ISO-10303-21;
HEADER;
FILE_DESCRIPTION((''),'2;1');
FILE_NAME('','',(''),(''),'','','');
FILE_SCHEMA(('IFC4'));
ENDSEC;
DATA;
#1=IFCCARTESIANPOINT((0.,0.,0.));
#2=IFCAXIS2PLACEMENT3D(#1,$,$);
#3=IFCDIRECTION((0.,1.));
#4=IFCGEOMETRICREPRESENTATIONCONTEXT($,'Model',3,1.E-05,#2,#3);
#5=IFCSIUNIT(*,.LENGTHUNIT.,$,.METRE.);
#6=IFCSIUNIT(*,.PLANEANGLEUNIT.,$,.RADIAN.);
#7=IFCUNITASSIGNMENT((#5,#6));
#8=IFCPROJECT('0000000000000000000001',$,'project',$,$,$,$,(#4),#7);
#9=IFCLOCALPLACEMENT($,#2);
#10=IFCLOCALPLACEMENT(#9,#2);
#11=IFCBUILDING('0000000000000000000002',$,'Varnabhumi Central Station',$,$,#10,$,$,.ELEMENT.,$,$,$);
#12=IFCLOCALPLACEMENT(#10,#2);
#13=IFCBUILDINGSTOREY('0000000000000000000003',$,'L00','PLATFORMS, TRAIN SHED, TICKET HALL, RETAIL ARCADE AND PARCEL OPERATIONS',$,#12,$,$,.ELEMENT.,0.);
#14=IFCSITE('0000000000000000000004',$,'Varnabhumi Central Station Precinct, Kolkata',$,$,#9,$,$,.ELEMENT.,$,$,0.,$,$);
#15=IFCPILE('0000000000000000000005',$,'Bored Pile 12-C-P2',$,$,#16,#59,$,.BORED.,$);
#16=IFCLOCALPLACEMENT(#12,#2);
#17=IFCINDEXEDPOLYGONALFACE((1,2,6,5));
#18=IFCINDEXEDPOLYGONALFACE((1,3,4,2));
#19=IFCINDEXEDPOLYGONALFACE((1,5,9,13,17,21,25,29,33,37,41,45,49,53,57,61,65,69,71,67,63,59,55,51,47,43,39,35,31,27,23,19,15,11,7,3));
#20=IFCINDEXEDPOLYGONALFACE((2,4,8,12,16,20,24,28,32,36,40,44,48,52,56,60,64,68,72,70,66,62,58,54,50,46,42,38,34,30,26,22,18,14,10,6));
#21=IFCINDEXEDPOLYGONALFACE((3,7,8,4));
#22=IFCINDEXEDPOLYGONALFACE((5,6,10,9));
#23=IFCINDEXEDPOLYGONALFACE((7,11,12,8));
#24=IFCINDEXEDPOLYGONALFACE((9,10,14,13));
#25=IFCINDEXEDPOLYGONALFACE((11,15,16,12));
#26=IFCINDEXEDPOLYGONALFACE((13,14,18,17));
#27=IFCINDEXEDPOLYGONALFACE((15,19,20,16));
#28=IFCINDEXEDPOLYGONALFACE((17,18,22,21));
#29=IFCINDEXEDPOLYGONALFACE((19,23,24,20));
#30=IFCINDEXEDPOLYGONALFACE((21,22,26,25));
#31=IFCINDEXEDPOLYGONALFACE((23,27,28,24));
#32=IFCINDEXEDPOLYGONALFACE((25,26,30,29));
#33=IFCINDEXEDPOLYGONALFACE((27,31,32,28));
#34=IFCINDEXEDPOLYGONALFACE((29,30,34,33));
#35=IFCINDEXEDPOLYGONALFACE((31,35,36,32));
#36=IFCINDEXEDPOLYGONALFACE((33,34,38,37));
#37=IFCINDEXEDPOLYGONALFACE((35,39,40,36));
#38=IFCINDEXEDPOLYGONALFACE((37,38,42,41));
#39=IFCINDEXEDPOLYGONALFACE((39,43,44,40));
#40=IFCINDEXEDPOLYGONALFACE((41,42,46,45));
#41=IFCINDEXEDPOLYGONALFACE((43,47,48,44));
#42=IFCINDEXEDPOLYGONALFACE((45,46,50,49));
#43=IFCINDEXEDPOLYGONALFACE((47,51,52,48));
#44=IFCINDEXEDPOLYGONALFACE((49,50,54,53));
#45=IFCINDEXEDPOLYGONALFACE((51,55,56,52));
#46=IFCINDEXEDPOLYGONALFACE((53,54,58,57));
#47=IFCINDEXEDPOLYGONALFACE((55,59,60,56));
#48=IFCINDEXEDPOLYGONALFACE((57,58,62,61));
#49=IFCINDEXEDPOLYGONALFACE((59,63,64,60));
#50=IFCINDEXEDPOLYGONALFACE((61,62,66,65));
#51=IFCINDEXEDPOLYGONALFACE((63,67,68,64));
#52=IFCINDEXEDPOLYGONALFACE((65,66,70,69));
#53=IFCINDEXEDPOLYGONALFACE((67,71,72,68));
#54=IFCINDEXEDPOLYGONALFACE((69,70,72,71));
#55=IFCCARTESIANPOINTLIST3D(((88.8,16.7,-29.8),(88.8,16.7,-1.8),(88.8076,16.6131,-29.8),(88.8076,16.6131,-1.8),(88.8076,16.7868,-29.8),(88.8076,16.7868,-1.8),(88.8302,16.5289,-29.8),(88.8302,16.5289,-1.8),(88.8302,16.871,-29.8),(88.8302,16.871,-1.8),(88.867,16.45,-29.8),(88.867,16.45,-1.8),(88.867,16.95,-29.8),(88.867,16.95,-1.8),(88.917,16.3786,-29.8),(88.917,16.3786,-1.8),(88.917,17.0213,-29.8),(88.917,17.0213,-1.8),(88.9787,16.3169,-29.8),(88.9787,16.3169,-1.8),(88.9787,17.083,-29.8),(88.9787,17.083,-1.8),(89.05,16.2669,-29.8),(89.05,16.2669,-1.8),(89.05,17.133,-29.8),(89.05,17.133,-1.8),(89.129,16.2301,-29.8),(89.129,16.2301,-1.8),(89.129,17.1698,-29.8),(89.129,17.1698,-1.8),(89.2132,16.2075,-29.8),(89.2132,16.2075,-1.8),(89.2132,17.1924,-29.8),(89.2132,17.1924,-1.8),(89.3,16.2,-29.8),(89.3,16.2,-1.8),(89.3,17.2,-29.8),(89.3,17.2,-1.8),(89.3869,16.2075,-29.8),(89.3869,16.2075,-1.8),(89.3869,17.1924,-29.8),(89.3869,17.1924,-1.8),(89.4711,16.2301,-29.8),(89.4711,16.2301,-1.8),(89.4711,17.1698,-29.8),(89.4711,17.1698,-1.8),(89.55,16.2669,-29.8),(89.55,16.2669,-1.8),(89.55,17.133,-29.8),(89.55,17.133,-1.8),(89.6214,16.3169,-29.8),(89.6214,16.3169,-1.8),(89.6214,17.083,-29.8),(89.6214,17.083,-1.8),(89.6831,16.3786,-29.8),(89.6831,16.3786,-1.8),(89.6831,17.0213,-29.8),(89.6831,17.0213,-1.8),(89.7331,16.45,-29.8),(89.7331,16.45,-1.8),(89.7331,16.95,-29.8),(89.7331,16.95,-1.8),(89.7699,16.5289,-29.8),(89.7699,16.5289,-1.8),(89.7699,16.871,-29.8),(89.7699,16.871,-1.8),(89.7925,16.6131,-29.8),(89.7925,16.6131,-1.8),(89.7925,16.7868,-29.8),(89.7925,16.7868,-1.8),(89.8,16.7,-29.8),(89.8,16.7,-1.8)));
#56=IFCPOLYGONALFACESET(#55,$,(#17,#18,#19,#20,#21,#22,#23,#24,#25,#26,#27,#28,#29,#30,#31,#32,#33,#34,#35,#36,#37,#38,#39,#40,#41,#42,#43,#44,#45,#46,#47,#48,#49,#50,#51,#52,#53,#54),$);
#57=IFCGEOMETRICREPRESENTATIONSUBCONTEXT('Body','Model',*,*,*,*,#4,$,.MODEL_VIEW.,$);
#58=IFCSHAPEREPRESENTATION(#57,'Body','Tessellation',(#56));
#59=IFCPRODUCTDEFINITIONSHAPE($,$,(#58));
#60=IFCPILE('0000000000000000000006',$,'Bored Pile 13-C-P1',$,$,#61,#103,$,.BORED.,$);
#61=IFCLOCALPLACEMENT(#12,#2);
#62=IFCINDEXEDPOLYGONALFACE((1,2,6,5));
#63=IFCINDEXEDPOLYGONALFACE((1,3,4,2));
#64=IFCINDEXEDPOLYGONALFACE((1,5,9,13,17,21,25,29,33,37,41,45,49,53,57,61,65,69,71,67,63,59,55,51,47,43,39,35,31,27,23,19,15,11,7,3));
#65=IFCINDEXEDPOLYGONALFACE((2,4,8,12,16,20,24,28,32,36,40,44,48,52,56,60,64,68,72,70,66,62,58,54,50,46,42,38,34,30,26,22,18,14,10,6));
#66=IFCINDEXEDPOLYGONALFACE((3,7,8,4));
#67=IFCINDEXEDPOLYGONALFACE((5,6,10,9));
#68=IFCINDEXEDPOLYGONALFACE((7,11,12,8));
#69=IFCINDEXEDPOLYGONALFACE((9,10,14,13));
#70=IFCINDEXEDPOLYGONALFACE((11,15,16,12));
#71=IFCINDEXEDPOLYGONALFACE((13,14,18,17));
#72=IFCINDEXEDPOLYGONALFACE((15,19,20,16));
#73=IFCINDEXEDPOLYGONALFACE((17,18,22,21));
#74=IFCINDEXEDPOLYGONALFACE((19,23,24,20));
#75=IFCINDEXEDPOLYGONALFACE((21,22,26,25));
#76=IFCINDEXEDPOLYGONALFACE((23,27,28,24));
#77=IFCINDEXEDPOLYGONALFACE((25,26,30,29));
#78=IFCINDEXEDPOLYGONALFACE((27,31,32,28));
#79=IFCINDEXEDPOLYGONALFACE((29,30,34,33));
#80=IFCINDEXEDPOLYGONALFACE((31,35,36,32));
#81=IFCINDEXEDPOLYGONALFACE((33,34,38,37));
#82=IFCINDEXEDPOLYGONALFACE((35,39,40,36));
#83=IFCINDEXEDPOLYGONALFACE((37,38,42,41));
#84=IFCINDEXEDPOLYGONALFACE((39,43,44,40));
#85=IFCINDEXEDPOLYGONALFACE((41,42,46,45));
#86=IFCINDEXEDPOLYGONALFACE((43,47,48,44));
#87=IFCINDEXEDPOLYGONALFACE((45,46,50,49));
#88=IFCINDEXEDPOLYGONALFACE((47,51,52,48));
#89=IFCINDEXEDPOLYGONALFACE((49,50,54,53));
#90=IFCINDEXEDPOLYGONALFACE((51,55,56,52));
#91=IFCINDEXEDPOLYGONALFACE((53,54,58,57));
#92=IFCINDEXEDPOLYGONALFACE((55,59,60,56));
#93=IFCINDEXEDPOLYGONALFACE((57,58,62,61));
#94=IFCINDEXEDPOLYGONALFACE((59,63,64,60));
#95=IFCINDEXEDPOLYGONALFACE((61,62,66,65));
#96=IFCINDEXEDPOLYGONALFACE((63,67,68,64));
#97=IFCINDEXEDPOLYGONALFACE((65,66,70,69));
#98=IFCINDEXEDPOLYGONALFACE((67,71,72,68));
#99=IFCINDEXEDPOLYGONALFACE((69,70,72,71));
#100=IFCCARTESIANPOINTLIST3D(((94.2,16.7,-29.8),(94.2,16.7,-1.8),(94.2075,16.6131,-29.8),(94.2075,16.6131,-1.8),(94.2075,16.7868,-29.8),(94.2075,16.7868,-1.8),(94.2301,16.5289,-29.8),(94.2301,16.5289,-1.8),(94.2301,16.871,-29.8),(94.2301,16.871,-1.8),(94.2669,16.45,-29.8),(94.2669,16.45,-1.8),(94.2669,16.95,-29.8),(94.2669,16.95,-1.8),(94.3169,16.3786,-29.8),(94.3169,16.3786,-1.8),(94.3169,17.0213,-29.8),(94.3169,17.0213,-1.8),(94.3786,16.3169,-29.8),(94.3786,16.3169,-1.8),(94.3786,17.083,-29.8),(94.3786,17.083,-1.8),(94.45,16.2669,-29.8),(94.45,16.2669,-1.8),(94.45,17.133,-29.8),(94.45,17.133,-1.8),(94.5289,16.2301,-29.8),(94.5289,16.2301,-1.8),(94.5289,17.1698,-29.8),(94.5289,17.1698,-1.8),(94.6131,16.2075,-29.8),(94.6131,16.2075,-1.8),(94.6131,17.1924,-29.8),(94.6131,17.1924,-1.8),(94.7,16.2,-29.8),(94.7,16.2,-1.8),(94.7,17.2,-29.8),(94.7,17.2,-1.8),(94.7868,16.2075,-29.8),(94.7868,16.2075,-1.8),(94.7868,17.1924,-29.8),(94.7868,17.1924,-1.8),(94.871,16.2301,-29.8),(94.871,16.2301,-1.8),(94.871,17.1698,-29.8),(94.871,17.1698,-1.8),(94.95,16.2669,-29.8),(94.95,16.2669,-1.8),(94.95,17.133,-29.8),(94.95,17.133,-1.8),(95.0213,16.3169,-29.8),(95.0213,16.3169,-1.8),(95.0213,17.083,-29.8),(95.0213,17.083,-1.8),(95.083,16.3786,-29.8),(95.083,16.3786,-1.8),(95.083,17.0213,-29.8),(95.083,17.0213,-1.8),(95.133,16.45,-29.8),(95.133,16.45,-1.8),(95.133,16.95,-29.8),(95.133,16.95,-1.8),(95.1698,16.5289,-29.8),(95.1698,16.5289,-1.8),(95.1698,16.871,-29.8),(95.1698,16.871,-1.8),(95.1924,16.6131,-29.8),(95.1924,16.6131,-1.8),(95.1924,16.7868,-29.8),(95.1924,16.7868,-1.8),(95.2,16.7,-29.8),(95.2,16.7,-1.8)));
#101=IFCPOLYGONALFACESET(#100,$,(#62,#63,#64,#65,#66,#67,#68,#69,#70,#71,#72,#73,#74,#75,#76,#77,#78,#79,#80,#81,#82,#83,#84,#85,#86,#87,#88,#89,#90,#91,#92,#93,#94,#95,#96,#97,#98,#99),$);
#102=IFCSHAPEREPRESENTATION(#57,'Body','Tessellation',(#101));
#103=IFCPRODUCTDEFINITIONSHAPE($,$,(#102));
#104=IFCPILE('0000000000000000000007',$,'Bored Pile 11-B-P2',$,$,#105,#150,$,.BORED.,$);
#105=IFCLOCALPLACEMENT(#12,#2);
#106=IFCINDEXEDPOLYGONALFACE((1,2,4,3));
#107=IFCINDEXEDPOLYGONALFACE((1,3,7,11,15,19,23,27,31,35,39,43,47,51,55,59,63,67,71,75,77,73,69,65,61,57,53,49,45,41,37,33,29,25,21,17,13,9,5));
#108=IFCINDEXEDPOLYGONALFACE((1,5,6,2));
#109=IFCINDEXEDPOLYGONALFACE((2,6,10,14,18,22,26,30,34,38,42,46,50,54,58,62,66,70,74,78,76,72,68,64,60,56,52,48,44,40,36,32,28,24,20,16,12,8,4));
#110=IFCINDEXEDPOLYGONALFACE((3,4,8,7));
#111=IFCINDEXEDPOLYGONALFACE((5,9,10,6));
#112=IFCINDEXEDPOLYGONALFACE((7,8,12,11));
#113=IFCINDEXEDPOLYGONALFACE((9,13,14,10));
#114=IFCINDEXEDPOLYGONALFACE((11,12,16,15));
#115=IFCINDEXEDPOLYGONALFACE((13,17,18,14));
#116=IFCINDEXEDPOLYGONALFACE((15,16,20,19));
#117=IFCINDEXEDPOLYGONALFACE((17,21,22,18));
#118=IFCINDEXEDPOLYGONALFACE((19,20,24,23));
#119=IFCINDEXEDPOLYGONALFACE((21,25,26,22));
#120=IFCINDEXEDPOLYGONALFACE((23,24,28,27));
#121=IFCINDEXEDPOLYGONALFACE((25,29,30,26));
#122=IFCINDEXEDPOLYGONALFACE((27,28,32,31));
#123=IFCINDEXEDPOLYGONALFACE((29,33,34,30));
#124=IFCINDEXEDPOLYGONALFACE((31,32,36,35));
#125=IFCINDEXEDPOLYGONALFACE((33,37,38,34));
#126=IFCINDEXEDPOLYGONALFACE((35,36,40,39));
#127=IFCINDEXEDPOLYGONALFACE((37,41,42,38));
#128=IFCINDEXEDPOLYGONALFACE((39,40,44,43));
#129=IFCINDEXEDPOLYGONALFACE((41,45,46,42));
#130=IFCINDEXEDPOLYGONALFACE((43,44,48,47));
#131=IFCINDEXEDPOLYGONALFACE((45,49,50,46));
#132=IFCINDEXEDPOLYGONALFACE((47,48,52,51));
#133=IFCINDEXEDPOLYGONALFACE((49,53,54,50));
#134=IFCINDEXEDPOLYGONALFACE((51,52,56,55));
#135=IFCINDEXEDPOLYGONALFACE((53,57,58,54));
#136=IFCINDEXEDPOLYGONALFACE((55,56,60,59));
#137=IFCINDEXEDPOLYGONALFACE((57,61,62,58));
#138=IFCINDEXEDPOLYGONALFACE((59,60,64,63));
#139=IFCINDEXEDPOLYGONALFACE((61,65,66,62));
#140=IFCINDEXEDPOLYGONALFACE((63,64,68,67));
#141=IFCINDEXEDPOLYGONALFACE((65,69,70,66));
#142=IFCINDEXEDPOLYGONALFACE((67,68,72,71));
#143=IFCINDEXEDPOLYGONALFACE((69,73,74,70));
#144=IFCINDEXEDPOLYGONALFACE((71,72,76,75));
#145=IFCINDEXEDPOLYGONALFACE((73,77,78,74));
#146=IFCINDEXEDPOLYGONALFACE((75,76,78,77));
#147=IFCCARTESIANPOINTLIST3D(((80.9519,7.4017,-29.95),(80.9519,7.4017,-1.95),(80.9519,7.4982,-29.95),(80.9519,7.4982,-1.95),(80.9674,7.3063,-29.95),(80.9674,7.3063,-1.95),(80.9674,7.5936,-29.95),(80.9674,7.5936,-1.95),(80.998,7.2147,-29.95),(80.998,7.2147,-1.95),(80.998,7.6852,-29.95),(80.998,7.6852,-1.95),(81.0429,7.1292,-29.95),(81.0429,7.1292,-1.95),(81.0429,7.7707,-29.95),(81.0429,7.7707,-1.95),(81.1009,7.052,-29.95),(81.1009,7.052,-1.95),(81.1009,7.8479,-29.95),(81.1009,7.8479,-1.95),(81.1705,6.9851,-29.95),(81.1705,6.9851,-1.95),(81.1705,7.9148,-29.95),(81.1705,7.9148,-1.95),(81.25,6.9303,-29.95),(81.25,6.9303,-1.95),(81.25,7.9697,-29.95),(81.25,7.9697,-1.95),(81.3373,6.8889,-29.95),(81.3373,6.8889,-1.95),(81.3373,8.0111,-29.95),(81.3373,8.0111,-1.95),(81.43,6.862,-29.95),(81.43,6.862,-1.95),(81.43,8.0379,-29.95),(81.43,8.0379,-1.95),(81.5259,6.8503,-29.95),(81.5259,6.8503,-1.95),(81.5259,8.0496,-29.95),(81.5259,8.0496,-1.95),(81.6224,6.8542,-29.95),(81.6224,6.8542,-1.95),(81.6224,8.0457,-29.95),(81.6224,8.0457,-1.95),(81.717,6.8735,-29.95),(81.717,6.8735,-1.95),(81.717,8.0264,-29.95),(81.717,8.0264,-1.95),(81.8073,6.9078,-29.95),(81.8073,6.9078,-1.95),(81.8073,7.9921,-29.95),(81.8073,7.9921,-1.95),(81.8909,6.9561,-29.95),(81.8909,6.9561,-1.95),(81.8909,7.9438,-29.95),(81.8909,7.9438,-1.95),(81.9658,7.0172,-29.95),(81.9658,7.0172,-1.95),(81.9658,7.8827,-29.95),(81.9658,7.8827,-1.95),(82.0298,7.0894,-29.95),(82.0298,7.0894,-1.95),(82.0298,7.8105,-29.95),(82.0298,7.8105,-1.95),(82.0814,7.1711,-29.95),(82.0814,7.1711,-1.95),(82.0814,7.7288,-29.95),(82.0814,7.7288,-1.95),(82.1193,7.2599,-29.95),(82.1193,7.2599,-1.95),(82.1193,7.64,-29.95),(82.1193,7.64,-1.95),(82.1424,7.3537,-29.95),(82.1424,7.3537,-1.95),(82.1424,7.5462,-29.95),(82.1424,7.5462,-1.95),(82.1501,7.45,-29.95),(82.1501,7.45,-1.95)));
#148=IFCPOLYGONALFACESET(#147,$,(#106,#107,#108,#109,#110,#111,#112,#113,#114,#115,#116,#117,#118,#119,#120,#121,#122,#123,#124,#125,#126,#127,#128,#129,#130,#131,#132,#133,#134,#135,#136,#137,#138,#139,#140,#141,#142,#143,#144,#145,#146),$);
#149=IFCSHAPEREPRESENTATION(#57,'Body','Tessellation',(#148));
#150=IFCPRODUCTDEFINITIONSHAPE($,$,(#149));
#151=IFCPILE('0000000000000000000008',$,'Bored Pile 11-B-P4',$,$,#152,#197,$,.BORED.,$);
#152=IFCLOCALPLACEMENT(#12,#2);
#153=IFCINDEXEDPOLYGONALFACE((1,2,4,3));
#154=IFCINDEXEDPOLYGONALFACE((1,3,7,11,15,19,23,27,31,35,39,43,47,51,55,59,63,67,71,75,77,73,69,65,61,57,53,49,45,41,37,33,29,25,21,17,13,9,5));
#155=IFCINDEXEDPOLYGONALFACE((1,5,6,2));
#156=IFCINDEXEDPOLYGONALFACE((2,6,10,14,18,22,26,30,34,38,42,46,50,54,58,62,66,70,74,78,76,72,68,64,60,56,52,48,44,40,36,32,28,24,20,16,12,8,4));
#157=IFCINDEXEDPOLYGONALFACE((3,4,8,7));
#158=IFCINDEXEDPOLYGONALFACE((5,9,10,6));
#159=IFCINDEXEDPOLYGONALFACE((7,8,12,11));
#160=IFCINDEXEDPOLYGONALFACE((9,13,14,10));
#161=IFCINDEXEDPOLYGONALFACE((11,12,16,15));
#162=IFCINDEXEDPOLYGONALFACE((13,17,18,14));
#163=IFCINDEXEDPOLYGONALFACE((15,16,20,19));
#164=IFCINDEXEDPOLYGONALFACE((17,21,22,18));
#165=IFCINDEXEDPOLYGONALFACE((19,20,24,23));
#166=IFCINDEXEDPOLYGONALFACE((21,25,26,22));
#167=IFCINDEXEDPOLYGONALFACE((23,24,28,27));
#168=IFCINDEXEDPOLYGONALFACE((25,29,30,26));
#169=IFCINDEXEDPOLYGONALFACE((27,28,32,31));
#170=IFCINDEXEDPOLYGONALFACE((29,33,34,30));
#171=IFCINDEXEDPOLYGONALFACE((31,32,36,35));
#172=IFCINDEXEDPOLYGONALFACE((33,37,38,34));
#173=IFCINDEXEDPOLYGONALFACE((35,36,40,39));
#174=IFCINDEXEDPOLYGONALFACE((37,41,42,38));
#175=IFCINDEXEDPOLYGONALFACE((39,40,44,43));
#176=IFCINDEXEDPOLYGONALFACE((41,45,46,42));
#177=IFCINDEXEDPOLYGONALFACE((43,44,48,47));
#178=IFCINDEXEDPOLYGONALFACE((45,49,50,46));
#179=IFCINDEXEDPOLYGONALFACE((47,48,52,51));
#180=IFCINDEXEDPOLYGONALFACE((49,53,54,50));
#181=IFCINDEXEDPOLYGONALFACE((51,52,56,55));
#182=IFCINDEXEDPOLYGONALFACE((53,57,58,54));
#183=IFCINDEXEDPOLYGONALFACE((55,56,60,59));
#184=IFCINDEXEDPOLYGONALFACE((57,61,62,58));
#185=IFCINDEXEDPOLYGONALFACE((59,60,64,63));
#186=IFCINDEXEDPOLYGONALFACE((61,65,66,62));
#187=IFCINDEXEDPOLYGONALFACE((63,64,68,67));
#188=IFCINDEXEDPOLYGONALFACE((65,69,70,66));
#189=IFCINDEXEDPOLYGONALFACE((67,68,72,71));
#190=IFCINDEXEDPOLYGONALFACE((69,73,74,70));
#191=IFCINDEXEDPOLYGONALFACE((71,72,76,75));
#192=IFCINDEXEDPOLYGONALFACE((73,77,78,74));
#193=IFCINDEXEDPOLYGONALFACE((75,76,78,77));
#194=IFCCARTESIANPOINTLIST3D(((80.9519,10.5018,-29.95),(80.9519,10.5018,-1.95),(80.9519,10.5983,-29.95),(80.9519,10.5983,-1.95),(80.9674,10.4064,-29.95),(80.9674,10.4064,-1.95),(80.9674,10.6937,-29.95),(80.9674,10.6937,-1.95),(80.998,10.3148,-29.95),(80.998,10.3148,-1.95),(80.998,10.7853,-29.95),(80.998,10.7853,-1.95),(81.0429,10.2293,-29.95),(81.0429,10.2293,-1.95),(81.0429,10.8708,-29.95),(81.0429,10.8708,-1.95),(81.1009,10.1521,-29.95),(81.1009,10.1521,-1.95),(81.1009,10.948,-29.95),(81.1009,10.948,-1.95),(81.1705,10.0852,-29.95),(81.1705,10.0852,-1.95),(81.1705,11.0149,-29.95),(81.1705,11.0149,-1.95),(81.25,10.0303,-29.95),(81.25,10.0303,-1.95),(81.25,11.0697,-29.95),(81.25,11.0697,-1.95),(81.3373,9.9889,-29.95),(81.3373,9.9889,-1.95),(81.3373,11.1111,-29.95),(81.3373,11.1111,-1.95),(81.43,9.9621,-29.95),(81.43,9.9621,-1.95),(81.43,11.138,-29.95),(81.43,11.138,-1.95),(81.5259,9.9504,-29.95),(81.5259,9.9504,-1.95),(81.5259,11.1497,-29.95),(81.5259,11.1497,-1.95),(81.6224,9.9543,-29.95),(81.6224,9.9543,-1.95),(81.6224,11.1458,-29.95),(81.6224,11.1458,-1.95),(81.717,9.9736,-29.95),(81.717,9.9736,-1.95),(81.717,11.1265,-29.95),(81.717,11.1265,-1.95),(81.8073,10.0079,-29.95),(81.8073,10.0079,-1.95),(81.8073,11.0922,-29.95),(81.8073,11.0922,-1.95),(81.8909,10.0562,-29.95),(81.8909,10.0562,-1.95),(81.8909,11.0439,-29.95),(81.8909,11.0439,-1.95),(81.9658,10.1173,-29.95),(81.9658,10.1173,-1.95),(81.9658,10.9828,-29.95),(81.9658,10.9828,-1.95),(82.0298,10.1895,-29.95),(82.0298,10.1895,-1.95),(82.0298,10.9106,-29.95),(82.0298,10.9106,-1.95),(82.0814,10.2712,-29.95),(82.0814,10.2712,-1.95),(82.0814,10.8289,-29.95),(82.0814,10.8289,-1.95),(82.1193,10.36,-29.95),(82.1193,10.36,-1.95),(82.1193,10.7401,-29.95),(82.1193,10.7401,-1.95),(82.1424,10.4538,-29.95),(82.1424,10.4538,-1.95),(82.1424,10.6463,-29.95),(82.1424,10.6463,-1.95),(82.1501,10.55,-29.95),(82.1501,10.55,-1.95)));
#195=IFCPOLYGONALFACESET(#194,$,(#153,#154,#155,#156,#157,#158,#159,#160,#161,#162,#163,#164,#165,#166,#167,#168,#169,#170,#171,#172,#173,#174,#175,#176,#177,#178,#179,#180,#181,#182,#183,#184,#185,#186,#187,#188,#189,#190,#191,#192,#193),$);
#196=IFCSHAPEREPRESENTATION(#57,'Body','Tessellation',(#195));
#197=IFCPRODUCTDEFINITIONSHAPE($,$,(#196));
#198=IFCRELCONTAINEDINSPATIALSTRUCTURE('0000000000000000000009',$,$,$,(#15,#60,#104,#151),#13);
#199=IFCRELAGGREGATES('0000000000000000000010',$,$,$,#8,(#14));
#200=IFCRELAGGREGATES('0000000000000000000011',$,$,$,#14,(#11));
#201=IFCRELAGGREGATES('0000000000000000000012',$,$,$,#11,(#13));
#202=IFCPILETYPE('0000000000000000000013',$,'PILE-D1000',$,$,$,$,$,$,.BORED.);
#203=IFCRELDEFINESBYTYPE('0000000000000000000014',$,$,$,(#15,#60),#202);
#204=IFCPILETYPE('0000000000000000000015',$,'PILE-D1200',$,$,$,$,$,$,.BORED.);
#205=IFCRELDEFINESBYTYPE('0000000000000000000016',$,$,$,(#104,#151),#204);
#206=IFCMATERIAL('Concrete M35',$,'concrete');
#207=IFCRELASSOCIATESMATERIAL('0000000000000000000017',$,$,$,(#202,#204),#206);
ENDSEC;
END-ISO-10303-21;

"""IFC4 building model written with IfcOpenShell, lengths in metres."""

from ifc_helpers import new_model, si_unit, direction, frame, origin, origin_2d, place, context, subcontext, project, spatial, circle, extrude, material, material_profile, profile_set, type_object, element, save


model = new_model("IFC4")

# Units and contexts
model_context = context("Model", 3, precision=1e-05, world=origin(), true_north=direction((0.0, 1.0)))
body_context = subcontext(model_context, "Body", "Model", "MODEL_VIEW")
ifc_project = project(units=[si_unit("LENGTHUNIT", "METRE"), si_unit("PLANEANGLEUNIT", "RADIAN")], contexts=[model_context])

# Site, building, storey
site_placement = place(None, origin())
site = spatial("IfcSite", under=ifc_project, at=site_placement, Name="Varnabhumi Central Station Precinct, Kolkata", CompositionType="ELEMENT", RefElevation=0.0)
building_placement = place(site_placement, origin())
building = spatial("IfcBuilding", under=site, at=building_placement, Name="Varnabhumi Central Station", CompositionType="ELEMENT")
storey_placement = place(building_placement, origin())
storey = spatial("IfcBuildingStorey", under=building, at=storey_placement, Name="L00", Description="PLATFORMS, TRAIN SHED, TICKET HALL, RETAIL ARCADE AND PARCEL OPERATIONS", CompositionType="ELEMENT", Elevation=0.0)

# Piles
ifc_material_1 = material(Name="Concrete M35", Category="concrete")
ifc_material_profile_1 = material_profile(ifc_material_1, circle(Radius=0.5, at=origin_2d()), Name="Concrete M35", Category="concrete")
ifc_profile_set_1 = profile_set([ifc_material_profile_1], Name="Concrete M35")
pile_type_1 = type_object("IfcPileType", Name="PILE-D1000", PredefinedType="BORED", material=ifc_profile_set_1)
for number, where, z_axis, x_axis, name in (
    (1, (89.3, 16.7, -1.8), (0.0, 0.0, -1.0), (1.0, 0.0, 0.0), "Bored Pile 12-C-P2"),
    (2, (94.7, 16.7, -1.8), (0.0, 0.0, -1.0), (1.0, 0.0, 0.0), "Bored Pile 13-C-P1"),
):
    element("IfcPile", number, at=place(storey_placement, frame(where, z_axis=z_axis, x_axis=x_axis)), inside=storey, type_object=pile_type_1, Name=name, PredefinedType="BORED", context=body_context, shape_type="SweptSolid", body=[
        extrude(circle(Radius=0.5, at=origin_2d()), origin(), (0.0, 0.0, 1.0), 28.0),
    ])
ifc_material_profile_2 = material_profile(ifc_material_1, circle(Radius=0.6001, at=origin_2d()), Name="Concrete M35", Category="concrete")
ifc_profile_set_2 = profile_set([ifc_material_profile_2], Name="Concrete M35")
pile_type_2 = type_object("IfcPileType", Name="PILE-D1200", PredefinedType="BORED", material=ifc_profile_set_2)
for number, where, z_axis, x_axis, name in (
    (3, (81.55, 7.45, -1.95), (0.0, 0.0, -1.0), (1.0, 0.0, 0.0), "Bored Pile 11-B-P2"),
    (4, (81.55, 10.55, -1.95), (0.0, 0.0, -1.0), (1.0, 0.0, 0.0), "Bored Pile 11-B-P4"),
):
    element("IfcPile", number, at=place(storey_placement, frame(where, z_axis=z_axis, x_axis=x_axis)), inside=storey, type_object=pile_type_2, Name=name, PredefinedType="BORED", context=body_context, shape_type="SweptSolid", body=[
        extrude(circle(Radius=0.6001, at=origin_2d()), origin(), (0.0, 0.0, 1.0), 28.0),
    ])

save(model, "model.ifc")
